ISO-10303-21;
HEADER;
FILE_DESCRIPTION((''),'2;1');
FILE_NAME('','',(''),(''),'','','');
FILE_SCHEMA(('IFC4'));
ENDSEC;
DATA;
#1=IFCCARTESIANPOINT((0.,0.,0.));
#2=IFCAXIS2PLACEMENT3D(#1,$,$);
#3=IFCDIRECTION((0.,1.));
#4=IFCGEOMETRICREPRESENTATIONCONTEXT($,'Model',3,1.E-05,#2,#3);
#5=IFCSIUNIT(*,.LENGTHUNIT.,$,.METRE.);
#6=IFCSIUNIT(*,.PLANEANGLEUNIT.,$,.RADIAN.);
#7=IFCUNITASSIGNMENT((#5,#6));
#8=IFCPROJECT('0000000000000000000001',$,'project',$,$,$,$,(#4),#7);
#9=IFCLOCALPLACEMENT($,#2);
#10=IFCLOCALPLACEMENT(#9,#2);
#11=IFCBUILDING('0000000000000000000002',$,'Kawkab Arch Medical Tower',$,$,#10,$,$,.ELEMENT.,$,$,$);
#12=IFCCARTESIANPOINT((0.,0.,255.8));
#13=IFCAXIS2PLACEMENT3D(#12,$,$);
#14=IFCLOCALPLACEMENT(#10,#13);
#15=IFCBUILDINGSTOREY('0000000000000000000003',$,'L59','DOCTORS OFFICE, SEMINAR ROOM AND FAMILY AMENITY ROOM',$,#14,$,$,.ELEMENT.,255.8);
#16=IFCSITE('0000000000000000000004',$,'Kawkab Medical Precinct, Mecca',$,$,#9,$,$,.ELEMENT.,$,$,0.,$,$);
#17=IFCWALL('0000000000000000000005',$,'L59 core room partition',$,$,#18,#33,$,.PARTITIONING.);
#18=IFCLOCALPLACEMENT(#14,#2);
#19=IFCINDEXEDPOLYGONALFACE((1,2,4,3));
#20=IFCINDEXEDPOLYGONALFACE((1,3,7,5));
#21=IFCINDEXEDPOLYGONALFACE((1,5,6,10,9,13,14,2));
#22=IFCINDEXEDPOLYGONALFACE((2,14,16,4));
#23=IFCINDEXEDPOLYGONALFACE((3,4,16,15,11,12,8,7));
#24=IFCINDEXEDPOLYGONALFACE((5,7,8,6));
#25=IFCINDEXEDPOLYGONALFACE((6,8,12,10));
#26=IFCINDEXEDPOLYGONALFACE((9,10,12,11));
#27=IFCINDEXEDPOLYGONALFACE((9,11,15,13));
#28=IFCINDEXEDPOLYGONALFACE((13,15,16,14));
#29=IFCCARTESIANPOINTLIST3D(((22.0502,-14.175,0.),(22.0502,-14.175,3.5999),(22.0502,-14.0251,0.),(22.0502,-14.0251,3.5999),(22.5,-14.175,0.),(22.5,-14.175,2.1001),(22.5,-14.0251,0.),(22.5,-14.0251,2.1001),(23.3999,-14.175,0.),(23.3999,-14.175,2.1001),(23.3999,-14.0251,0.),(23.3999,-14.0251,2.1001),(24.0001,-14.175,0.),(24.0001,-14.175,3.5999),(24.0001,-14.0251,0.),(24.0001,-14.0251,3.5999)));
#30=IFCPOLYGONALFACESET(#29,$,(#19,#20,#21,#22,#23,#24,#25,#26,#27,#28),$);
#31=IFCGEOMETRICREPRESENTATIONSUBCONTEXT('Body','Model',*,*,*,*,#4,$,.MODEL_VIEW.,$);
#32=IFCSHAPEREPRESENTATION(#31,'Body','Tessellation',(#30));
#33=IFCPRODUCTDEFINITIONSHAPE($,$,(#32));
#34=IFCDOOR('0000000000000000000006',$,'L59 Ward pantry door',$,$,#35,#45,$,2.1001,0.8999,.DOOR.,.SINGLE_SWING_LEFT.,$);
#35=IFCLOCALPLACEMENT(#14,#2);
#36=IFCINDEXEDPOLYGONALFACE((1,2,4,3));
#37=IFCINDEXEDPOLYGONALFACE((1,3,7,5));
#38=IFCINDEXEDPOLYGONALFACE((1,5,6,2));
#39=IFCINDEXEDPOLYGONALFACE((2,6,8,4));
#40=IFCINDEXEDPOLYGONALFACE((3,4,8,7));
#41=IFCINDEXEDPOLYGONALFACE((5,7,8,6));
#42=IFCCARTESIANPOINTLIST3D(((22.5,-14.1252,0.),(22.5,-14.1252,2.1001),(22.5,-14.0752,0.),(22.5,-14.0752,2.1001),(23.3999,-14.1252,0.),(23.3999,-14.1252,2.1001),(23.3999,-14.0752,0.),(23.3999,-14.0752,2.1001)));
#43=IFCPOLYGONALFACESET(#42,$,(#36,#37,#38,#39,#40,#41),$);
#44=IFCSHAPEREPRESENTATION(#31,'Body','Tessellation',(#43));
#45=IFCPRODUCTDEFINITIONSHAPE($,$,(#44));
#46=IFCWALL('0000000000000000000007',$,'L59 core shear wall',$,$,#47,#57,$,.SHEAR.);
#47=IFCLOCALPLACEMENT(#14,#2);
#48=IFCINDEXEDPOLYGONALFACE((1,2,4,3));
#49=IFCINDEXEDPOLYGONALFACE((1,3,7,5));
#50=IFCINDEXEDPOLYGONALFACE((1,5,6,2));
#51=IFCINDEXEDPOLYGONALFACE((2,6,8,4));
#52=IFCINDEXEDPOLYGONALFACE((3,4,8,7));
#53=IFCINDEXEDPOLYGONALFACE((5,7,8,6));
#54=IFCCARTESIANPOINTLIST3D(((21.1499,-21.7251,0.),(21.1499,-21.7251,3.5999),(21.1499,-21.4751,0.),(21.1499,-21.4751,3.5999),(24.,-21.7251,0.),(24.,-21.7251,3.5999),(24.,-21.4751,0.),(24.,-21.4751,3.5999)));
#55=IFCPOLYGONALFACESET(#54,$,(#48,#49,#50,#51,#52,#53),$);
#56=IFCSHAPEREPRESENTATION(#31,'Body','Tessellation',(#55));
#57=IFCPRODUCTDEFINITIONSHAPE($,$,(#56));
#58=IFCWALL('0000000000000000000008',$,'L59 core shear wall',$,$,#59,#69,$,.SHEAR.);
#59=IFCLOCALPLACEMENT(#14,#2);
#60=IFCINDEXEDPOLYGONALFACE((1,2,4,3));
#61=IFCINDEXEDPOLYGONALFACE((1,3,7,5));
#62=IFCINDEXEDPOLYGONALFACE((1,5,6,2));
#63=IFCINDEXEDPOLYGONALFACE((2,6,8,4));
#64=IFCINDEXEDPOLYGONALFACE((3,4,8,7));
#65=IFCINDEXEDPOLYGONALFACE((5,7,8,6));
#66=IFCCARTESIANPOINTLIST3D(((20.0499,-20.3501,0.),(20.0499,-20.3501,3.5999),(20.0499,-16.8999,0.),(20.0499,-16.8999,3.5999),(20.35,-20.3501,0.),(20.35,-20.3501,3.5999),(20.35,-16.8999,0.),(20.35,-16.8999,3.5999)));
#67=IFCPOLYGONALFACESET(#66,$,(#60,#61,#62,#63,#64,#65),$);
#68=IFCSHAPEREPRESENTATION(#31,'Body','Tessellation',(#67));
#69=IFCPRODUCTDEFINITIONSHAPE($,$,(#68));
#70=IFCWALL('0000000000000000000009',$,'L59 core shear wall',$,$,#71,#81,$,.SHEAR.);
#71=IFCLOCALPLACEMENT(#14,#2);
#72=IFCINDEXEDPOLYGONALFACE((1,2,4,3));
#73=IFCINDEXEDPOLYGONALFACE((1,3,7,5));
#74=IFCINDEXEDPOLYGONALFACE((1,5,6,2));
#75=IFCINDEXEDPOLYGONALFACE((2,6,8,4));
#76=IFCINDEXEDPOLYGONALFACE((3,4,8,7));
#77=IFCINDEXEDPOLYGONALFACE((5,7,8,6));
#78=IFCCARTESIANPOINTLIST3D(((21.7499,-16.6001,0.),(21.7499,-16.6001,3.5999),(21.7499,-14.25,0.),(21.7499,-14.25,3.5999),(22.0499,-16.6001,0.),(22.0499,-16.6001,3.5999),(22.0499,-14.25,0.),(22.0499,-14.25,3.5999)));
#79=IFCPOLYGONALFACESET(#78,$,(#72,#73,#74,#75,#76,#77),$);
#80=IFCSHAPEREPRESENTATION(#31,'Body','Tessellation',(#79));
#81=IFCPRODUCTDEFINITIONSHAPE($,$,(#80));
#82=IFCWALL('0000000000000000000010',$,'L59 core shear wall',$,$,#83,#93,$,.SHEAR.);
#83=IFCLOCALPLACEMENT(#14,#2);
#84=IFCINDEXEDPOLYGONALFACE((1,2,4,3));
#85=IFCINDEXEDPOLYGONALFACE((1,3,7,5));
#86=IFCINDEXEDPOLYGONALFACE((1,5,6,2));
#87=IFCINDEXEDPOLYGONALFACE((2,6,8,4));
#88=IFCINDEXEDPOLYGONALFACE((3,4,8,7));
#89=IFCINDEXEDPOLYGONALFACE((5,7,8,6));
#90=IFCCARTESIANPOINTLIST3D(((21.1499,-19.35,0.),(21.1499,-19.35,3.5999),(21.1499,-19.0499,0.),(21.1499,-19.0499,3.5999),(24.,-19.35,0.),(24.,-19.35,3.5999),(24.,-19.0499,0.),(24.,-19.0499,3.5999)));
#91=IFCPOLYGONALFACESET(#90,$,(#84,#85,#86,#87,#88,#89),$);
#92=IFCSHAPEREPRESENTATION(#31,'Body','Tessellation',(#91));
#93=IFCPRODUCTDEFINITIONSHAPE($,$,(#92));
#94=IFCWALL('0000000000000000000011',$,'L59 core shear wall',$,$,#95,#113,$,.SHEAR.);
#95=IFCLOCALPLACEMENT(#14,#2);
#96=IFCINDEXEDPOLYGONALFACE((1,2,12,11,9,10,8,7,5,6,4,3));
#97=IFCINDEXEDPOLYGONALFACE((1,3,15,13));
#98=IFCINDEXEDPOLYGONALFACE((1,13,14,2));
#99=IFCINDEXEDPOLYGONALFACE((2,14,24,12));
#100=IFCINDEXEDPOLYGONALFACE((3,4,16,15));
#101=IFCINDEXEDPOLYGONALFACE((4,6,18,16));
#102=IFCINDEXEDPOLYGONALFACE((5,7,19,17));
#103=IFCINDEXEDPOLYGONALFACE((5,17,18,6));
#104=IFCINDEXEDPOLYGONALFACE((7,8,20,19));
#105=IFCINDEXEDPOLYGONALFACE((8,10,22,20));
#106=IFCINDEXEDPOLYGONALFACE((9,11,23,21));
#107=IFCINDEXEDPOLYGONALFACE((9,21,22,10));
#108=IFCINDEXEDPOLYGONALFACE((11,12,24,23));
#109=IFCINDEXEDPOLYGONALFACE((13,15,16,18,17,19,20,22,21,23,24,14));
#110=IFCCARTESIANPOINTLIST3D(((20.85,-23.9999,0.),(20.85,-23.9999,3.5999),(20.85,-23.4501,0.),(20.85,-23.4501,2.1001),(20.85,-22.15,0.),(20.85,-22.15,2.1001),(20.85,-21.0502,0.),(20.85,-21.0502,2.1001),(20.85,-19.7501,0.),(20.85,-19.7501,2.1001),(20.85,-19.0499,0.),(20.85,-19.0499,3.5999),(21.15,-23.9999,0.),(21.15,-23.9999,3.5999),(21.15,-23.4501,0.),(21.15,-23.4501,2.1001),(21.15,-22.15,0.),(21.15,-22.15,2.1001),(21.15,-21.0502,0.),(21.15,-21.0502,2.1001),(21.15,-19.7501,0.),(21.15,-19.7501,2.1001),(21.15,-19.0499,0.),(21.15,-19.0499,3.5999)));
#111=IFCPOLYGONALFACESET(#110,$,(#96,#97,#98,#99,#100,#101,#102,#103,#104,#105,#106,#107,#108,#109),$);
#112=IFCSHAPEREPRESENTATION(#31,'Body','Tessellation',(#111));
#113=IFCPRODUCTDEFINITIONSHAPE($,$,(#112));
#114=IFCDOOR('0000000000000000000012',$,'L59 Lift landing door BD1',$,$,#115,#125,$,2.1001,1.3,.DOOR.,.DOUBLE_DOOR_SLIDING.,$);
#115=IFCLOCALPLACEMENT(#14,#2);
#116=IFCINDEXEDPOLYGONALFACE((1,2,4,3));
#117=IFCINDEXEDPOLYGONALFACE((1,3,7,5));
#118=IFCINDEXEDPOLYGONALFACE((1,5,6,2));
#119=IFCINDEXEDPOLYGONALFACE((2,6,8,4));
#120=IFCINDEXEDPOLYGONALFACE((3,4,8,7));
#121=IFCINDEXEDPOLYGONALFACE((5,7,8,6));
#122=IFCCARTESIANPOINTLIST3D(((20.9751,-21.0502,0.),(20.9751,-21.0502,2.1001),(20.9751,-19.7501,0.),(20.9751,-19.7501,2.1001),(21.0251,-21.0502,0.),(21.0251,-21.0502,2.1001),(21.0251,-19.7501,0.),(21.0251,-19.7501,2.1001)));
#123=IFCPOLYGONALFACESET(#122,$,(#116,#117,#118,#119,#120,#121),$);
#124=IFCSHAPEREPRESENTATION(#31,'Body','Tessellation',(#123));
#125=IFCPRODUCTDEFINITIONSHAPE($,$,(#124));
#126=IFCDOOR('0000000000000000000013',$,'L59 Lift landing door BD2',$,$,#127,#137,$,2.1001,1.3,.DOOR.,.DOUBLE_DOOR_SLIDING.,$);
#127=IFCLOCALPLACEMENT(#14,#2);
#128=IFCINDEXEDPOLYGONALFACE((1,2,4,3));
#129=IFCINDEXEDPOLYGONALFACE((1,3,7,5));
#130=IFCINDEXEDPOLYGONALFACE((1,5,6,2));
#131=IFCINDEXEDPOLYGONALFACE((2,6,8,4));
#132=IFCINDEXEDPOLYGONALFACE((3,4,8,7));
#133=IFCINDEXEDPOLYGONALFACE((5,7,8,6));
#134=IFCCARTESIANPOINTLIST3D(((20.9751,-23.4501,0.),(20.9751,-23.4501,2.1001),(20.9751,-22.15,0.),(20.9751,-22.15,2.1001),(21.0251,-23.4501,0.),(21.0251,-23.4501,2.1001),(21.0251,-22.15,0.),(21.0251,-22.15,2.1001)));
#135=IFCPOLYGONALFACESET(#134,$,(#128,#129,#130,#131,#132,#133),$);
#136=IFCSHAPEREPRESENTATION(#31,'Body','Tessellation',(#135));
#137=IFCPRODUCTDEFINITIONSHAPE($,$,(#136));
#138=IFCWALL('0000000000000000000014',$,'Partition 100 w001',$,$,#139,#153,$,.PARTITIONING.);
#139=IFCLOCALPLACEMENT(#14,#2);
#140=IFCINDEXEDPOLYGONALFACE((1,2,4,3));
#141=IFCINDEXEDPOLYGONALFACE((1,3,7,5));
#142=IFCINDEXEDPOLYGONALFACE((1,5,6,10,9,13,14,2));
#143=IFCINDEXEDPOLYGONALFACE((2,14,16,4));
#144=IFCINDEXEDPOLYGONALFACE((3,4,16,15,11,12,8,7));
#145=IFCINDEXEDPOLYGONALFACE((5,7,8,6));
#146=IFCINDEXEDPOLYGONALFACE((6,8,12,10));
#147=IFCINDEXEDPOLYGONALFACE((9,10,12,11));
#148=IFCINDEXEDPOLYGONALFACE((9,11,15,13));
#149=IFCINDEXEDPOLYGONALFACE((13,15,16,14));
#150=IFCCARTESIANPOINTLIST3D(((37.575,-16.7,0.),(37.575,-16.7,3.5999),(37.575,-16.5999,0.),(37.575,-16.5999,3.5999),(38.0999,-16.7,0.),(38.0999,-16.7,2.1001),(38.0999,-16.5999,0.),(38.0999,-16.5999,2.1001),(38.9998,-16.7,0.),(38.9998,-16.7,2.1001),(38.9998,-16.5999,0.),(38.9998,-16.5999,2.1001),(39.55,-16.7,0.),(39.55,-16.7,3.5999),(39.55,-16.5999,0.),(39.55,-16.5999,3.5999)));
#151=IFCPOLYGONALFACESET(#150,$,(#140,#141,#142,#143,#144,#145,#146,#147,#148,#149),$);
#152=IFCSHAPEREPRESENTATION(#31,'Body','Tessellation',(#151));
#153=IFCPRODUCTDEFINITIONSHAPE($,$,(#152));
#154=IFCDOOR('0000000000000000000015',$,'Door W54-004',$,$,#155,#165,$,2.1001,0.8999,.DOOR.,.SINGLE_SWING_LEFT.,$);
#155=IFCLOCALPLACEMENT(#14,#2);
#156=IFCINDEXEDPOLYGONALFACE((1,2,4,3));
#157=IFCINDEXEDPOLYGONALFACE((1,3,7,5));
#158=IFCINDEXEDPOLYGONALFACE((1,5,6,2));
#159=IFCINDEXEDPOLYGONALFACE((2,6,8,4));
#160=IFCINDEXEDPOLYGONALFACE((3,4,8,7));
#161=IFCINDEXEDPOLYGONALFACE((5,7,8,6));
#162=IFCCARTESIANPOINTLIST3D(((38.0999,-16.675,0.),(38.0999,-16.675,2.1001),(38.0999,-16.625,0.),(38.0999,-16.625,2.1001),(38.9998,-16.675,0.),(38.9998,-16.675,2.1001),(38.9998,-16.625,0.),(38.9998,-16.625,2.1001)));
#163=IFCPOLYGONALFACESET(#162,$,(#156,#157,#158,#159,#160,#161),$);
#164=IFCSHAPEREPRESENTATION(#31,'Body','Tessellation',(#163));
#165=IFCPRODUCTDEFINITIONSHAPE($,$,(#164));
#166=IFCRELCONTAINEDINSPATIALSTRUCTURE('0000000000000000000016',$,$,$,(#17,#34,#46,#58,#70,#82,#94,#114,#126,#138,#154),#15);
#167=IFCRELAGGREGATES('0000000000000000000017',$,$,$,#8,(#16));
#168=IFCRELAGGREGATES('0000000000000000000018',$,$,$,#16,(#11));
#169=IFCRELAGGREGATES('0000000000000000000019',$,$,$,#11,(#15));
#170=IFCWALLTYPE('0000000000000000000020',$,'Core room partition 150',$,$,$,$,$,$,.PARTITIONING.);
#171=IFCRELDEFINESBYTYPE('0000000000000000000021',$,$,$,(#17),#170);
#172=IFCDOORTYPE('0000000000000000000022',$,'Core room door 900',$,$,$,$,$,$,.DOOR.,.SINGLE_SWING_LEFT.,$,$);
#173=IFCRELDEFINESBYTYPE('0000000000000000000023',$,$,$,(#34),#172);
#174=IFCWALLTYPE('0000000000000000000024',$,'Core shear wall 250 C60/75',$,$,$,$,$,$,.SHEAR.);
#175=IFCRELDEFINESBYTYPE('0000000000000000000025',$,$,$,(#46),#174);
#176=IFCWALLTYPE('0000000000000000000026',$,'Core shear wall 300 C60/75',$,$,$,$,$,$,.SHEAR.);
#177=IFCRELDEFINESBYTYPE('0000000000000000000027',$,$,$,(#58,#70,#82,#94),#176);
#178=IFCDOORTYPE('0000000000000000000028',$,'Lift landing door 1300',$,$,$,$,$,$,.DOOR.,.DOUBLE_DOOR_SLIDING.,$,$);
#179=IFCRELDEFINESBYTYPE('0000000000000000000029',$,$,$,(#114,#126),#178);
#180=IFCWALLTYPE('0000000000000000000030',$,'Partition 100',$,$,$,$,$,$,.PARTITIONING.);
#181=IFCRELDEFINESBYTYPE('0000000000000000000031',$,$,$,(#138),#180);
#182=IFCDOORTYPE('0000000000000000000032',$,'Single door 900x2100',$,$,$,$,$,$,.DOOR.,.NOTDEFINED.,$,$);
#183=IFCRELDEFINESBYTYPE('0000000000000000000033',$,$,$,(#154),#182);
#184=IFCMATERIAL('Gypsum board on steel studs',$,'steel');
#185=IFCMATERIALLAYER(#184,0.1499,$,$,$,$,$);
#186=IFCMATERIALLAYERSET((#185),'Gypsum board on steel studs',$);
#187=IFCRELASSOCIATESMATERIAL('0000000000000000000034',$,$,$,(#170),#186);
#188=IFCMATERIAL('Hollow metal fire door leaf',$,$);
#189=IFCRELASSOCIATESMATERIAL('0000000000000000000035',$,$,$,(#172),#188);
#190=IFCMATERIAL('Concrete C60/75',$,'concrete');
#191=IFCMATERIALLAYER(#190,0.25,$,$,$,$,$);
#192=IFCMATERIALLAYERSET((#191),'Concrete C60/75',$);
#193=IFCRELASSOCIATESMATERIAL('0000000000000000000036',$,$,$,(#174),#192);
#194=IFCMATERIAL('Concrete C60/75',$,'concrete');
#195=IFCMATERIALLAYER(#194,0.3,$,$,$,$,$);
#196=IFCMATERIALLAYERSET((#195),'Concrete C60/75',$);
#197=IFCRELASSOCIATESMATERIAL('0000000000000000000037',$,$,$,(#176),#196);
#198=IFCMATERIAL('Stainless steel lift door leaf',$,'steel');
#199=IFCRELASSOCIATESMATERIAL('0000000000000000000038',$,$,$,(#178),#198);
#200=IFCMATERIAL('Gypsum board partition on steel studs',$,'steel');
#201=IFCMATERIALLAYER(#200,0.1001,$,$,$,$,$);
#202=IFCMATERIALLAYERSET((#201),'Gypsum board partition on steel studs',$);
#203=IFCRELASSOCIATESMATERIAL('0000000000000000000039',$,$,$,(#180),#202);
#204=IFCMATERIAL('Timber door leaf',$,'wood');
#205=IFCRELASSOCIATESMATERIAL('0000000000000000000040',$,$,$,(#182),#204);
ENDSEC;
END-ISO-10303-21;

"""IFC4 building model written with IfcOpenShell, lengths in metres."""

from ifc_helpers import new_model, si_unit, direction, frame, frame_2d, origin, place, context, subcontext, project, spatial, rectangle, extrude, material, layer, layer_set, type_object, element, fill, save


model = new_model("IFC4")

# Units and contexts
model_context = context("Model", 3, precision=1e-05, world=origin(), true_north=direction((0.0, 1.0)))
body_context = subcontext(model_context, "Body", "Model", "MODEL_VIEW")
ifc_project = project(units=[si_unit("LENGTHUNIT", "METRE"), si_unit("PLANEANGLEUNIT", "RADIAN")], contexts=[model_context])

# Site, building, storey
site_placement = place(None, origin())
site = spatial("IfcSite", under=ifc_project, at=site_placement, Name="Kawkab Medical Precinct, Mecca", CompositionType="ELEMENT", RefElevation=0.0)
building_placement = place(site_placement, origin())
building = spatial("IfcBuilding", under=site, at=building_placement, Name="Kawkab Arch Medical Tower", CompositionType="ELEMENT")
storey_placement = place(building_placement, frame((0.0, 0.0, 255.8)))
storey = spatial("IfcBuildingStorey", under=building, at=storey_placement, Name="L59", Description="DOCTORS OFFICE, SEMINAR ROOM AND FAMILY AMENITY ROOM", CompositionType="ELEMENT", Elevation=255.8)

# Shared definitions
ifc_material_1 = material(Name="Gypsum board on steel studs", Category="steel")
ifc_layer_1 = layer(ifc_material_1, 0.1499)
ifc_layer_set_1 = layer_set([ifc_layer_1], Name="Gypsum board on steel studs")
wall_type_1 = type_object("IfcWallType", Name="Core room partition 150", PredefinedType="PARTITIONING", material=ifc_layer_set_1)

# Wall, opening, door
wall_1_placement = place(storey_placement, frame((22.05, -14.1001, 0.0), z_axis=(0.0, 0.0, 1.0), x_axis=(1.0, 0.0, 0.0)))
wall_1 = element("IfcWall", 1, at=wall_1_placement, inside=storey, type_object=wall_type_1, Name="L59 core room partition", PredefinedType="PARTITIONING", context=body_context, shape_type="SweptSolid", body=[
    extrude(rectangle(XDim=1.95, YDim=0.1499, at=frame_2d((0.9751, 0.0))), origin(), (0.0, 0.0, 1.0), 3.5999),
])
opening_1_placement = place(wall_1_placement, frame((0.45, 0.0, 0.0)))
opening_1 = element("IfcOpeningElement", 2, at=opening_1_placement, cuts=wall_1, PredefinedType="OPENING", context=body_context, shape_type="SweptSolid", body=[
    extrude(rectangle(XDim=0.8999, YDim=2.1001, at=frame_2d((0.45, 1.05))), frame((0.0, 0.085, 0.0), z_axis=(0.0, -1.0, 0.0), x_axis=(1.0, 0.0, 0.0)), (0.0, 0.0, 1.0), 0.1699),
])
ifc_material_2 = material(Name="Hollow metal fire door leaf")
door_type_1 = type_object("IfcDoorType", Name="Core room door 900", OperationType="SINGLE_SWING_LEFT", PredefinedType="DOOR", material=ifc_material_2)
door_1_placement = place(opening_1_placement, origin())
door_1 = element("IfcDoor", 3, at=door_1_placement, inside=storey, type_object=door_type_1, Name="L59 Ward pantry door", OperationType="SINGLE_SWING_LEFT", OverallHeight=2.1001, OverallWidth=0.8999, PredefinedType="DOOR", context=body_context, shape_type="SweptSolid", body=[
    extrude(rectangle(XDim=0.8999, YDim=2.1001, at=frame_2d((0.45, 1.05))), frame((0.0, 0.0249, 0.0), z_axis=(0.0, -1.0, 0.0), x_axis=(1.0, 0.0, 0.0)), (0.0, 0.0, 1.0), 0.05),
])
fill(opening_1, door_1)

# Walls
ifc_material_3 = material(Name="Concrete C60/75", Category="concrete")
ifc_layer_2 = layer(ifc_material_3, 0.25)
ifc_layer_set_2 = layer_set([ifc_layer_2], Name="Concrete C60/75")
wall_type_2 = type_object("IfcWallType", Name="Core shear wall 250 C60/75", PredefinedType="SHEAR", material=ifc_layer_set_2)
wall_2_placement = place(storey_placement, frame((21.1499, -21.6001, 0.0), z_axis=(0.0, 0.0, 1.0), x_axis=(1.0, 0.0, 0.0)))
element("IfcWall", 4, at=wall_2_placement, inside=storey, type_object=wall_type_2, Name="L59 core shear wall", PredefinedType="SHEAR", context=body_context, shape_type="SweptSolid", body=[
    extrude(rectangle(XDim=2.8501, YDim=0.25, at=frame_2d((1.425, 0.0))), origin(), (0.0, 0.0, 1.0), 3.5999),
])
ifc_material_4 = material(Name="Concrete C60/75", Category="concrete")
ifc_layer_3 = layer(ifc_material_4, 0.3)
ifc_layer_set_3 = layer_set([ifc_layer_3], Name="Concrete C60/75")
wall_type_3 = type_object("IfcWallType", Name="Core shear wall 300 C60/75", PredefinedType="SHEAR", material=ifc_layer_set_3)
wall_3_placement = place(storey_placement, frame((20.2, -20.3501, 0.0), z_axis=(0.0, 0.0, 1.0), x_axis=(0.0, 1.0, 0.0)))
element("IfcWall", 5, at=wall_3_placement, inside=storey, type_object=wall_type_3, Name="L59 core shear wall", PredefinedType="SHEAR", context=body_context, shape_type="SweptSolid", body=[
    extrude(rectangle(XDim=3.4502, YDim=0.3, at=frame_2d((1.7251, 0.0))), origin(), (0.0, 0.0, 1.0), 3.5999),
])
wall_4_placement = place(storey_placement, frame((21.8999, -16.6001, 0.0), z_axis=(0.0, 0.0, 1.0), x_axis=(0.0, 1.0, 0.0)))
element("IfcWall", 6, at=wall_4_placement, inside=storey, type_object=wall_type_3, Name="L59 core shear wall", PredefinedType="SHEAR", context=body_context, shape_type="SweptSolid", body=[
    extrude(rectangle(XDim=2.3501, YDim=0.3, at=frame_2d((1.175, 0.0))), origin(), (0.0, 0.0, 1.0), 3.5999),
])
wall_5_placement = place(storey_placement, frame((21.1499, -19.2, 0.0), z_axis=(0.0, 0.0, 1.0), x_axis=(1.0, 0.0, 0.0)))
element("IfcWall", 7, at=wall_5_placement, inside=storey, type_object=wall_type_3, Name="L59 core shear wall", PredefinedType="SHEAR", context=body_context, shape_type="SweptSolid", body=[
    extrude(rectangle(XDim=2.8501, YDim=0.3, at=frame_2d((1.425, 0.0))), origin(), (0.0, 0.0, 1.0), 3.5999),
])

# Wall, openings, doors
wall_6_placement = place(storey_placement, frame((21.0, -24.0, 0.0), z_axis=(0.0, 0.0, 1.0), x_axis=(0.0, 1.0, 0.0)))
wall_6 = element("IfcWall", 8, at=wall_6_placement, inside=storey, type_object=wall_type_3, Name="L59 core shear wall", PredefinedType="SHEAR", context=body_context, shape_type="SweptSolid", body=[
    extrude(rectangle(XDim=4.95, YDim=0.3, at=frame_2d((2.4751, 0.0))), origin(), (0.0, 0.0, 1.0), 3.5999),
])
opening_2_placement = place(wall_6_placement, frame((2.95, 0.0, 0.0)))
opening_2 = element("IfcOpeningElement", 9, at=opening_2_placement, cuts=wall_6, PredefinedType="OPENING", context=body_context, shape_type="SweptSolid", body=[
    extrude(rectangle(XDim=1.3, YDim=2.1001, at=frame_2d((0.6499, 1.05))), frame((0.0, 0.1599, 0.0), z_axis=(0.0, -1.0, 0.0), x_axis=(1.0, 0.0, 0.0)), (0.0, 0.0, 1.0), 0.3201),
])
opening_3_placement = place(wall_6_placement, frame((0.55, 0.0, 0.0)))
opening_3 = element("IfcOpeningElement", 10, at=opening_3_placement, cuts=wall_6, PredefinedType="OPENING", context=body_context, shape_type="SweptSolid", body=[
    extrude(rectangle(XDim=1.3, YDim=2.1001, at=frame_2d((0.6499, 1.05))), frame((0.0, 0.1599, 0.0), z_axis=(0.0, -1.0, 0.0), x_axis=(1.0, 0.0, 0.0)), (0.0, 0.0, 1.0), 0.3201),
])
ifc_material_5 = material(Name="Stainless steel lift door leaf", Category="steel")
door_type_2 = type_object("IfcDoorType", Name="Lift landing door 1300", OperationType="DOUBLE_DOOR_SLIDING", PredefinedType="DOOR", material=ifc_material_5)
door_2_placement = place(opening_2_placement, origin())
door_2 = element("IfcDoor", 11, at=door_2_placement, inside=storey, type_object=door_type_2, Name="L59 Lift landing door BD1", OperationType="DOUBLE_DOOR_SLIDING", OverallHeight=2.1001, OverallWidth=1.3, PredefinedType="DOOR", context=body_context, shape_type="SweptSolid", body=[
    extrude(rectangle(XDim=1.3, YDim=2.1001, at=frame_2d((0.6499, 1.05))), frame((0.0, 0.0249, 0.0), z_axis=(0.0, -1.0, 0.0), x_axis=(1.0, 0.0, 0.0)), (0.0, 0.0, 1.0), 0.05),
])
fill(opening_2, door_2)
door_3_placement = place(opening_3_placement, origin())
door_3 = element("IfcDoor", 12, at=door_3_placement, inside=storey, type_object=door_type_2, Name="L59 Lift landing door BD2", OperationType="DOUBLE_DOOR_SLIDING", OverallHeight=2.1001, OverallWidth=1.3, PredefinedType="DOOR", context=body_context, shape_type="SweptSolid", body=[
    extrude(rectangle(XDim=1.3, YDim=2.1001, at=frame_2d((0.6499, 1.05))), frame((0.0, 0.0249, 0.0), z_axis=(0.0, -1.0, 0.0), x_axis=(1.0, 0.0, 0.0)), (0.0, 0.0, 1.0), 0.05),
])
fill(opening_3, door_3)

# Wall, opening, door
ifc_material_6 = material(Name="Gypsum board partition on steel studs", Category="steel")
ifc_layer_4 = layer(ifc_material_6, 0.1001)
ifc_layer_set_4 = layer_set([ifc_layer_4], Name="Gypsum board partition on steel studs")
wall_type_4 = type_object("IfcWallType", Name="Partition 100", PredefinedType="PARTITIONING", material=ifc_layer_set_4)
wall_7_placement = place(storey_placement, frame((37.575, -16.6499, 0.0), z_axis=(0.0, 0.0, 1.0), x_axis=(1.0, 0.0, 0.0)))
wall_7 = element("IfcWall", 13, at=wall_7_placement, inside=storey, type_object=wall_type_4, Name="Partition 100 w001", PredefinedType="PARTITIONING", context=body_context, shape_type="SweptSolid", body=[
    extrude(rectangle(XDim=1.9751, YDim=0.1001, at=frame_2d((0.9875, 0.0))), origin(), (0.0, 0.0, 1.0), 3.5999),
])
opening_4_placement = place(wall_7_placement, frame((0.5249, 0.0, 0.0)))
opening_4 = element("IfcOpeningElement", 14, at=opening_4_placement, cuts=wall_7, PredefinedType="OPENING", context=body_context, shape_type="SweptSolid", body=[
    extrude(rectangle(XDim=0.8999, YDim=2.1001, at=frame_2d((0.45, 1.05))), frame((0.0, 0.0601, 0.0), z_axis=(0.0, -1.0, 0.0), x_axis=(1.0, 0.0, 0.0)), (0.0, 0.0, 1.0), 0.1201),
])
ifc_material_7 = material(Name="Timber door leaf", Category="wood")
door_type_3 = type_object("IfcDoorType", Name="Single door 900x2100", OperationType="NOTDEFINED", PredefinedType="DOOR", material=ifc_material_7)
door_4_placement = place(opening_4_placement, origin())
door_4 = element("IfcDoor", 15, at=door_4_placement, inside=storey, type_object=door_type_3, Name="Door W54-004", OperationType="SINGLE_SWING_LEFT", OverallHeight=2.1001, OverallWidth=0.8999, PredefinedType="DOOR", context=body_context, shape_type="SweptSolid", body=[
    extrude(rectangle(XDim=0.8999, YDim=2.1001, at=frame_2d((0.45, 1.05))), frame((0.0, 0.0249, 0.0), z_axis=(0.0, -1.0, 0.0), x_axis=(1.0, 0.0, 0.0)), (0.0, 0.0, 1.0), 0.05),
])
fill(opening_4, door_4)

save(model, "model.ifc")
